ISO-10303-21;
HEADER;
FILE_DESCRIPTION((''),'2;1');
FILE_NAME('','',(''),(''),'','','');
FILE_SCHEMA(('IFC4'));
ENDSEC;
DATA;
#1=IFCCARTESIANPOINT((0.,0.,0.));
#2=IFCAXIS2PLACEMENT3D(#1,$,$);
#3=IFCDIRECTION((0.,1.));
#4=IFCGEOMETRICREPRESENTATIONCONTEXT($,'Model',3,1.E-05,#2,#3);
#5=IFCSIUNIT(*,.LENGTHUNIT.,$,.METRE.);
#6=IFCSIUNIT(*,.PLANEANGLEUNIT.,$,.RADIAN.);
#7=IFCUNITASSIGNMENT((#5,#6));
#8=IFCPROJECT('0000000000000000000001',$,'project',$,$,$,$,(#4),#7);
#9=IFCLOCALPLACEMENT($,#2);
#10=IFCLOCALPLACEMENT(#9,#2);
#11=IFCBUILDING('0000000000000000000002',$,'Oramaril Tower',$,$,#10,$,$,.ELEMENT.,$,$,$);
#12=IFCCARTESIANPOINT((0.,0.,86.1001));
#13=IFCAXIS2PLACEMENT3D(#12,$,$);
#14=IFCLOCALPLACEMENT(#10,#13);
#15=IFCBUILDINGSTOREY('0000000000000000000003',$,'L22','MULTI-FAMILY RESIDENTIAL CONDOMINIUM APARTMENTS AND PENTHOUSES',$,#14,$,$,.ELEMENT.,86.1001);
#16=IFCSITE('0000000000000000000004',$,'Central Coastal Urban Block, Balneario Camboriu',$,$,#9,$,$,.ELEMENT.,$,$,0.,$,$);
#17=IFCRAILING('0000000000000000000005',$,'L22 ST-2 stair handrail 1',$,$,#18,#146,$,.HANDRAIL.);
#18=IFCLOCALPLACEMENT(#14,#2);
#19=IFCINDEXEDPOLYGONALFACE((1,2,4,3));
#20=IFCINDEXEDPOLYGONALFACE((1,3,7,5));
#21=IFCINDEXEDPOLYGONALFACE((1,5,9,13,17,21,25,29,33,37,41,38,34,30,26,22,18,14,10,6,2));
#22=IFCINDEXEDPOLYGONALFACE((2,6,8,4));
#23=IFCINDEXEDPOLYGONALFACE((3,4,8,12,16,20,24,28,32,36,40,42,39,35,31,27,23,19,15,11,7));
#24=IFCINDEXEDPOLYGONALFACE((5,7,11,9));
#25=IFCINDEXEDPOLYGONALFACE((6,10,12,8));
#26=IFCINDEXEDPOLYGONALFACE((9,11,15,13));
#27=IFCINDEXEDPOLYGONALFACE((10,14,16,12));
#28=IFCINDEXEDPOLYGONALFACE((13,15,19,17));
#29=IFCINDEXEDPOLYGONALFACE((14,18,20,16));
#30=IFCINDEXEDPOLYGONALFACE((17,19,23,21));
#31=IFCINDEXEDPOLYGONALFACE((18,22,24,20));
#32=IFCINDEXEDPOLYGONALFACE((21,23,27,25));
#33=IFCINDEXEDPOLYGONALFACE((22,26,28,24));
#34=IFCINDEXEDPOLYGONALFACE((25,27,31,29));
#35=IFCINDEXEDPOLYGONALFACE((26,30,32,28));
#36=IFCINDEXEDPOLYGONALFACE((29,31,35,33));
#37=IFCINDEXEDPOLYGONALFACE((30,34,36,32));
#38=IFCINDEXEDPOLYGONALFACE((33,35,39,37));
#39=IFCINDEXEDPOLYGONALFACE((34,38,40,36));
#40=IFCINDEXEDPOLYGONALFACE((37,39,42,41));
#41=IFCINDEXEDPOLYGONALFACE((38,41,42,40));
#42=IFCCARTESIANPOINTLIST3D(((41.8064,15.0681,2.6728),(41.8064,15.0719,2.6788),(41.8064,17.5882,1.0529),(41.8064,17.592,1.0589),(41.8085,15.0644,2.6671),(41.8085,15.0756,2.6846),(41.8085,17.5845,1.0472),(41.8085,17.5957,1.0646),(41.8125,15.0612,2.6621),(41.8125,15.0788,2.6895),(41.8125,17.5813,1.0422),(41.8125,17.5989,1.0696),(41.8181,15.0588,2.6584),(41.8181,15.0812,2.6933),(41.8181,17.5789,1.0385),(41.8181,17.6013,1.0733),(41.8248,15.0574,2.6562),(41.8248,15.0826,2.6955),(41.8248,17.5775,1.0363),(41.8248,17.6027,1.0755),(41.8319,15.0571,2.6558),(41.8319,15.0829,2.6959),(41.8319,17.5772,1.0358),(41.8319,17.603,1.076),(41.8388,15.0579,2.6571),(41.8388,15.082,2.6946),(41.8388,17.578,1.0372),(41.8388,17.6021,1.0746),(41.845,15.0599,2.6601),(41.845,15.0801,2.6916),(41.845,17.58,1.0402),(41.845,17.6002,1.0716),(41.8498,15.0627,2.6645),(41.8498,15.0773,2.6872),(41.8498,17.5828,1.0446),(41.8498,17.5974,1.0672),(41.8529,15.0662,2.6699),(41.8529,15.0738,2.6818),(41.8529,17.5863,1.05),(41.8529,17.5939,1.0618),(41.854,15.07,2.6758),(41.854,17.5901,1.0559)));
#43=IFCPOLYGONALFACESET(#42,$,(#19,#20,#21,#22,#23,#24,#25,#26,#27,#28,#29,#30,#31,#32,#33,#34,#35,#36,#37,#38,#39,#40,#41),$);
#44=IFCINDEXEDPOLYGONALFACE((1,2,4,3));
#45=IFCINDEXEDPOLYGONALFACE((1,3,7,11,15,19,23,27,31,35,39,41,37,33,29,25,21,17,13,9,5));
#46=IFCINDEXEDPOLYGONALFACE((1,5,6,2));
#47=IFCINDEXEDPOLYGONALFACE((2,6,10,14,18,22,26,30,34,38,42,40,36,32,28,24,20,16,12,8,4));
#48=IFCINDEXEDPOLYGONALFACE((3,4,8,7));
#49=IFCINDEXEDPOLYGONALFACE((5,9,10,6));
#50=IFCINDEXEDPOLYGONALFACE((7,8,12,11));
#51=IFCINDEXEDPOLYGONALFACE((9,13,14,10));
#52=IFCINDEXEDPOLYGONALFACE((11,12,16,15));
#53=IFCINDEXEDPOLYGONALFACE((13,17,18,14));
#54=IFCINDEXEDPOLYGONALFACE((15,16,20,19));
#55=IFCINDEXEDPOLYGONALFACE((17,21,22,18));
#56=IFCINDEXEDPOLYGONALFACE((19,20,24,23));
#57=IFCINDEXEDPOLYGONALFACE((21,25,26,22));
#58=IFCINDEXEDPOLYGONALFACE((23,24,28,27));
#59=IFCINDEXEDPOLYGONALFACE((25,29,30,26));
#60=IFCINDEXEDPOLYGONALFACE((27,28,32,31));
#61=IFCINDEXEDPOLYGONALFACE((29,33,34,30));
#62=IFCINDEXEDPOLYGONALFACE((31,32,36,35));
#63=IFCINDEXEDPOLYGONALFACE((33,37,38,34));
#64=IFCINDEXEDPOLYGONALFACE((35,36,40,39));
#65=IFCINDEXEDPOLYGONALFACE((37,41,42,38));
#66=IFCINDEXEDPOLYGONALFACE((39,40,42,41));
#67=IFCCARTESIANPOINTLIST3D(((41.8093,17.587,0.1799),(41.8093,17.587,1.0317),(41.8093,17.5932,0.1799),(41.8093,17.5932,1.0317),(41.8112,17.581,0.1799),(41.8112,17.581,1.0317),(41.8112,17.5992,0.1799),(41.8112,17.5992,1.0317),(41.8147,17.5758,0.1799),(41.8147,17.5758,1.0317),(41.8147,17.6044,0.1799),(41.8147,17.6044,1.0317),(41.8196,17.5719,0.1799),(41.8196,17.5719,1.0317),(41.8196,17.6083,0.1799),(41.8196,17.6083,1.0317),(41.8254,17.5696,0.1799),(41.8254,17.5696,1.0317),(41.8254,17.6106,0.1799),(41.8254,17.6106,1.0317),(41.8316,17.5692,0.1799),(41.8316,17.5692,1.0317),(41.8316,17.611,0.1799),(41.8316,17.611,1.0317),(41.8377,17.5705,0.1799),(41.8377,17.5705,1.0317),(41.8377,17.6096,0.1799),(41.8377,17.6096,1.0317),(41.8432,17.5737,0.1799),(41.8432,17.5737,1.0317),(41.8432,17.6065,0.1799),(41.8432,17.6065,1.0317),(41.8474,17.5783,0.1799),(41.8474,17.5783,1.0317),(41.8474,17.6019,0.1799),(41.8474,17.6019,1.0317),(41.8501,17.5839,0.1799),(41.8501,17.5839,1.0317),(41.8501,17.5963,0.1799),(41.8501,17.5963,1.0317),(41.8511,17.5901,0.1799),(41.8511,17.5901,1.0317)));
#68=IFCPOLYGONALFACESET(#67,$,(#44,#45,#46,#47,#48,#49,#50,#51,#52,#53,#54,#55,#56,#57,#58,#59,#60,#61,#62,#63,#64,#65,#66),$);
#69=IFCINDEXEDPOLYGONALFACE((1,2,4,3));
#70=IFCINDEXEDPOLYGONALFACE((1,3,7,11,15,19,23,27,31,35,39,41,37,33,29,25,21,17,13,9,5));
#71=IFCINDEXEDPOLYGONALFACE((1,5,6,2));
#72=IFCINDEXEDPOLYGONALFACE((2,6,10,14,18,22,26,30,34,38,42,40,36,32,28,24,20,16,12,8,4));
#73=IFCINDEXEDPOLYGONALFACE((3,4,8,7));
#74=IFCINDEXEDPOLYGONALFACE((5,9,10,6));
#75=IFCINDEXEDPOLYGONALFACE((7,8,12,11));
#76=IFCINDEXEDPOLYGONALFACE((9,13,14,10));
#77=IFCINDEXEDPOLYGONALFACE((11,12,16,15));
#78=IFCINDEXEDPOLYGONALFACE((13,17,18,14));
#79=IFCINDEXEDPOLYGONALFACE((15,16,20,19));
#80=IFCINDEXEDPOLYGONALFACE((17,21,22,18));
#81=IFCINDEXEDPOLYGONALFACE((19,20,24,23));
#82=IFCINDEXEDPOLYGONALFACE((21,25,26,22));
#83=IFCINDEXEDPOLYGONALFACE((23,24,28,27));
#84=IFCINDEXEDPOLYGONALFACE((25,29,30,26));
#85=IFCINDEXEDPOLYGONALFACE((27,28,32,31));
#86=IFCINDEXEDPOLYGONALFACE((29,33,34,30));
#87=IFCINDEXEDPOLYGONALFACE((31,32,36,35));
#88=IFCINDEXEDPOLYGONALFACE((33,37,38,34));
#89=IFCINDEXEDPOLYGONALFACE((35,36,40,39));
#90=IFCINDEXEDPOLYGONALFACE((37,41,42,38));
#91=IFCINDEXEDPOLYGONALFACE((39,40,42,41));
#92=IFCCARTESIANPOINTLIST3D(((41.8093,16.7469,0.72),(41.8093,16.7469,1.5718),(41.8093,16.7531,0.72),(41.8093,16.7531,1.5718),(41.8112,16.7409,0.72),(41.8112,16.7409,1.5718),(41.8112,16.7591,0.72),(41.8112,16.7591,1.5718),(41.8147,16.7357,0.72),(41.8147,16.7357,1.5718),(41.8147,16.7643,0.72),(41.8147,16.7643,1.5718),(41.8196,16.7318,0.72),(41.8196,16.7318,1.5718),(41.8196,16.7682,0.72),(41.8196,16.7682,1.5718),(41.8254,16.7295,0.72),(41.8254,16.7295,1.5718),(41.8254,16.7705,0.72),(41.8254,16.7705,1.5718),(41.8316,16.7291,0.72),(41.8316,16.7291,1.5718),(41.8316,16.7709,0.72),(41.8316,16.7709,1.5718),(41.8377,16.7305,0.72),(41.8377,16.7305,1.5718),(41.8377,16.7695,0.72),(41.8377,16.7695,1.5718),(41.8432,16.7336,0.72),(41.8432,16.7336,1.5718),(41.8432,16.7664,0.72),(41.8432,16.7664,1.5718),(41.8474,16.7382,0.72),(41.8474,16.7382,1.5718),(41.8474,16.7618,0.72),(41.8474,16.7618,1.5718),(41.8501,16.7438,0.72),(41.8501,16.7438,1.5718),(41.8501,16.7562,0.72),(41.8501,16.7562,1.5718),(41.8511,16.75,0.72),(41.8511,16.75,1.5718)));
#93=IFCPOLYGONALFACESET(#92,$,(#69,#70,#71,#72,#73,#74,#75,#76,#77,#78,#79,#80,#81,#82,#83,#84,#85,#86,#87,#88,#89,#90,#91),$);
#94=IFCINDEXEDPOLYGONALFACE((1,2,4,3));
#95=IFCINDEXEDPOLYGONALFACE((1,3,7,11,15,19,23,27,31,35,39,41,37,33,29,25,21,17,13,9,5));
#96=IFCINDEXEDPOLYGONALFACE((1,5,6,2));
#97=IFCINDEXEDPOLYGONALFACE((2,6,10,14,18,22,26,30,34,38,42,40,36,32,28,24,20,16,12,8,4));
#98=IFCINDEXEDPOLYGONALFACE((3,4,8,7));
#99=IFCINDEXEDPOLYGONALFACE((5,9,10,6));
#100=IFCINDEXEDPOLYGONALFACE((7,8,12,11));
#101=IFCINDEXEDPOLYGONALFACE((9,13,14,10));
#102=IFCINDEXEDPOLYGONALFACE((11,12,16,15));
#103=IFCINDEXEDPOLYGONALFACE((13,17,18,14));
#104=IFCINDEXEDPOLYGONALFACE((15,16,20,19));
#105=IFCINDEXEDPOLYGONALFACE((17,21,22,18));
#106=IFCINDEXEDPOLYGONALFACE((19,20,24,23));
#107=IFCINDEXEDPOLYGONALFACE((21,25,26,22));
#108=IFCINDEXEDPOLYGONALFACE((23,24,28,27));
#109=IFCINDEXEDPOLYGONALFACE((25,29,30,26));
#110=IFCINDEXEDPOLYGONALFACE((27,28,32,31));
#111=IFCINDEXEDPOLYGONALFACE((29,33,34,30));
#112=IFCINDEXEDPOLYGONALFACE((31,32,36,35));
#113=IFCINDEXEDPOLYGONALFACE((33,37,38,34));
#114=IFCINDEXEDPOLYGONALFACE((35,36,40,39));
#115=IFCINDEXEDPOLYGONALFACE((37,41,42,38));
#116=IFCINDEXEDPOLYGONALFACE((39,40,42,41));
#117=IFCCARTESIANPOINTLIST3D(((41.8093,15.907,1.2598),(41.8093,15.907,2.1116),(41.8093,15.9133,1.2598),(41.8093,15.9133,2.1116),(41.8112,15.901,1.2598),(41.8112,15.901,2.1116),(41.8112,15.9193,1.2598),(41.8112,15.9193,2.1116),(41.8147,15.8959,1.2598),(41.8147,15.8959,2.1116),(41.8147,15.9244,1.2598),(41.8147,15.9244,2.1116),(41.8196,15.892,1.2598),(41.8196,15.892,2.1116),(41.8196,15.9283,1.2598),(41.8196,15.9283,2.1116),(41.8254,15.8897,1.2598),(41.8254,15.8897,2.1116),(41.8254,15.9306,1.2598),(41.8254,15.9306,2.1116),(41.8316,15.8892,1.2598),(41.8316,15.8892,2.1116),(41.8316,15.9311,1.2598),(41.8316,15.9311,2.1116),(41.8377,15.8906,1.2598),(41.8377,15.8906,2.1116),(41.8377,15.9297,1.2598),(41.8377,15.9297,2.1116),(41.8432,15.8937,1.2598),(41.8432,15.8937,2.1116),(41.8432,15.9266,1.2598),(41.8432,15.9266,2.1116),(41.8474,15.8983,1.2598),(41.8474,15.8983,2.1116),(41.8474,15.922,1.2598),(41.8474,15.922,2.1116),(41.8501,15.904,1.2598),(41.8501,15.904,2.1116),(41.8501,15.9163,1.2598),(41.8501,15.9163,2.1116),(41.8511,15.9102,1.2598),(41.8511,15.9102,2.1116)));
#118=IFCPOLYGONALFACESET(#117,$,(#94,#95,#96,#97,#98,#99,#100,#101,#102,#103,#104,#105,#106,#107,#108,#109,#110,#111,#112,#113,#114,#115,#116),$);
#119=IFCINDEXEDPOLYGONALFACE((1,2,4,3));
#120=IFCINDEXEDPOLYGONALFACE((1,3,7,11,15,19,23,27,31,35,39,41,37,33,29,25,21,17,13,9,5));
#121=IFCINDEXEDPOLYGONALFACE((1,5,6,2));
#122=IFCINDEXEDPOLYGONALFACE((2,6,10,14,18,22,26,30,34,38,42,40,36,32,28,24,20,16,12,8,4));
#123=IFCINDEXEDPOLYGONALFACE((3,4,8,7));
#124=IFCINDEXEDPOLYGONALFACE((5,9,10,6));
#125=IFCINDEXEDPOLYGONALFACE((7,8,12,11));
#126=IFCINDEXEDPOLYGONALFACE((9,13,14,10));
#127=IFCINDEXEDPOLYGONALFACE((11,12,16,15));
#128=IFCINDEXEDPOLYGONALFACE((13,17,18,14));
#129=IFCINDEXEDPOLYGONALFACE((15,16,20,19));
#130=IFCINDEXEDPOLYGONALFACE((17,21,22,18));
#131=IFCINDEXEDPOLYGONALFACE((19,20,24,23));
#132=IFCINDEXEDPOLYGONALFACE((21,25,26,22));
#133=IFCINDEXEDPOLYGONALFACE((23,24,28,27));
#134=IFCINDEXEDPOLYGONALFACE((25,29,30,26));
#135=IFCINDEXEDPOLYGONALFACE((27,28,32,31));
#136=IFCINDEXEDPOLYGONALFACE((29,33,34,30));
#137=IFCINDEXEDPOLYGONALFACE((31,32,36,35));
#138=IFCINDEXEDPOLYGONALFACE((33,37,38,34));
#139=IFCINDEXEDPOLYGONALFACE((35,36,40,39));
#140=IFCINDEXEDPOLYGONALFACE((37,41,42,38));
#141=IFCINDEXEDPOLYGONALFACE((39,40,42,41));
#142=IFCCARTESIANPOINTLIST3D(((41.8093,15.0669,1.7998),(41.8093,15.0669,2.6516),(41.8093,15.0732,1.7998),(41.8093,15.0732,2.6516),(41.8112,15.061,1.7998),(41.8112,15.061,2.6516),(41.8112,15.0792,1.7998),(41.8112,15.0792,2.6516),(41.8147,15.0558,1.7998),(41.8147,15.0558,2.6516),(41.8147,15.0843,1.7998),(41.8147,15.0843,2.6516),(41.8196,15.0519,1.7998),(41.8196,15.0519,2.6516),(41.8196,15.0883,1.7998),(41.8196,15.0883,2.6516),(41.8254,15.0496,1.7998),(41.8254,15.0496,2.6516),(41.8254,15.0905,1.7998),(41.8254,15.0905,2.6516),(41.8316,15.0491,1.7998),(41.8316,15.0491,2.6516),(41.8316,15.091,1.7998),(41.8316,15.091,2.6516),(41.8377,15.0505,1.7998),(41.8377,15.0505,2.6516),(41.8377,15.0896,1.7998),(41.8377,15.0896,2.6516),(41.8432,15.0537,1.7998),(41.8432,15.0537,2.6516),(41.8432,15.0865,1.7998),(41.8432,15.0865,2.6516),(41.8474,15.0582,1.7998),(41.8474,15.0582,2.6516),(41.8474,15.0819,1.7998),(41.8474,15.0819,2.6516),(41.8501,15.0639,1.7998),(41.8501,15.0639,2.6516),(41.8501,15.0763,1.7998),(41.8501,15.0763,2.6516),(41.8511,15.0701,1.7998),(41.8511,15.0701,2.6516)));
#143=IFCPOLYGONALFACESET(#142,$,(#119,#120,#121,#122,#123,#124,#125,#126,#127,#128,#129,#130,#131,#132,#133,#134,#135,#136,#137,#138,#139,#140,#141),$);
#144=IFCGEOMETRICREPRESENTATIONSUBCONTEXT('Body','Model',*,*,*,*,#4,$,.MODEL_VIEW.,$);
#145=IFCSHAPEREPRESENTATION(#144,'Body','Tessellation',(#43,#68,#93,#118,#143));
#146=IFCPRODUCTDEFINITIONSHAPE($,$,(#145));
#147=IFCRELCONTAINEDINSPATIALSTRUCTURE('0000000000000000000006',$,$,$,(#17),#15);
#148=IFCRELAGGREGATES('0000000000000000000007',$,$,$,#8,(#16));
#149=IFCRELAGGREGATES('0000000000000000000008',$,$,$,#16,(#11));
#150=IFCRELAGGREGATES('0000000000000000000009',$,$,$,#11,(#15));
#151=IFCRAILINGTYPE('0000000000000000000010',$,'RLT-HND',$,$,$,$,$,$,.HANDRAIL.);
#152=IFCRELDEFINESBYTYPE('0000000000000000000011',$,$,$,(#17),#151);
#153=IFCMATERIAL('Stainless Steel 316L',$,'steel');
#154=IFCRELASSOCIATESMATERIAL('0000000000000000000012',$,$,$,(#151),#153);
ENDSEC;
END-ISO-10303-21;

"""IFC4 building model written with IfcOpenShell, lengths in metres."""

from ifc_helpers import new_model, si_unit, direction, frame, origin, origin_2d, place, context, subcontext, project, spatial, circle, extrude, material, type_object, element, save


model = new_model("IFC4")

# Units and contexts
model_context = context("Model", 3, precision=1e-05, world=origin(), true_north=direction((0.0, 1.0)))
body_context = subcontext(model_context, "Body", "Model", "MODEL_VIEW")
ifc_project = project(units=[si_unit("LENGTHUNIT", "METRE"), si_unit("PLANEANGLEUNIT", "RADIAN")], contexts=[model_context])

# Site, building, storey
site_placement = place(None, origin())
site = spatial("IfcSite", under=ifc_project, at=site_placement, Name="Central Coastal Urban Block, Balneario Camboriu", CompositionType="ELEMENT", RefElevation=0.0)
building_placement = place(site_placement, origin())
building = spatial("IfcBuilding", under=site, at=building_placement, Name="Oramaril Tower", CompositionType="ELEMENT")
storey_placement = place(building_placement, frame((0.0, 0.0, 86.1001)))
storey = spatial("IfcBuildingStorey", under=building, at=storey_placement, Name="L22", Description="MULTI-FAMILY RESIDENTIAL CONDOMINIUM APARTMENTS AND PENTHOUSES", CompositionType="ELEMENT", Elevation=86.1001)

# Railing
ifc_material_1 = material(Name="Stainless Steel 316L", Category="steel")
railing_type_1 = type_object("IfcRailingType", Name="RLT-HND", PredefinedType="HANDRAIL", material=ifc_material_1)
railing_1_placement = place(storey_placement, frame((41.8301, 17.5901, 0.1799)))
element("IfcRailing", 1, at=railing_1_placement, inside=storey, type_object=railing_type_1, Name="L22 ST-2 stair handrail 1", PredefinedType="HANDRAIL", context=body_context, shape_type="SweptSolid", body=[
    extrude(circle(Radius=0.0239, at=origin_2d()), frame((0.0, 0.0, 0.876), z_axis=(0.0, -0.8412, 0.540725), x_axis=(1.0, 0.0, 0.0)), (0.0, 0.0, 1.0), 2.9958),
    extrude(circle(Radius=0.021, at=origin_2d()), origin(), (0.0, 0.0, 1.0), 0.8518),
    extrude(circle(Radius=0.021, at=origin_2d()), frame((0.0, -0.8401, 0.54)), (0.0, 0.0, 1.0), 0.8518),
    extrude(circle(Radius=0.021, at=origin_2d()), frame((0.0, -1.6799, 1.0798)), (0.0, 0.0, 1.0), 0.8518),
    extrude(circle(Radius=0.021, at=origin_2d()), frame((0.0, -2.52, 1.6199)), (0.0, 0.0, 1.0), 0.8518),
])

save(model, "model.ifc")
